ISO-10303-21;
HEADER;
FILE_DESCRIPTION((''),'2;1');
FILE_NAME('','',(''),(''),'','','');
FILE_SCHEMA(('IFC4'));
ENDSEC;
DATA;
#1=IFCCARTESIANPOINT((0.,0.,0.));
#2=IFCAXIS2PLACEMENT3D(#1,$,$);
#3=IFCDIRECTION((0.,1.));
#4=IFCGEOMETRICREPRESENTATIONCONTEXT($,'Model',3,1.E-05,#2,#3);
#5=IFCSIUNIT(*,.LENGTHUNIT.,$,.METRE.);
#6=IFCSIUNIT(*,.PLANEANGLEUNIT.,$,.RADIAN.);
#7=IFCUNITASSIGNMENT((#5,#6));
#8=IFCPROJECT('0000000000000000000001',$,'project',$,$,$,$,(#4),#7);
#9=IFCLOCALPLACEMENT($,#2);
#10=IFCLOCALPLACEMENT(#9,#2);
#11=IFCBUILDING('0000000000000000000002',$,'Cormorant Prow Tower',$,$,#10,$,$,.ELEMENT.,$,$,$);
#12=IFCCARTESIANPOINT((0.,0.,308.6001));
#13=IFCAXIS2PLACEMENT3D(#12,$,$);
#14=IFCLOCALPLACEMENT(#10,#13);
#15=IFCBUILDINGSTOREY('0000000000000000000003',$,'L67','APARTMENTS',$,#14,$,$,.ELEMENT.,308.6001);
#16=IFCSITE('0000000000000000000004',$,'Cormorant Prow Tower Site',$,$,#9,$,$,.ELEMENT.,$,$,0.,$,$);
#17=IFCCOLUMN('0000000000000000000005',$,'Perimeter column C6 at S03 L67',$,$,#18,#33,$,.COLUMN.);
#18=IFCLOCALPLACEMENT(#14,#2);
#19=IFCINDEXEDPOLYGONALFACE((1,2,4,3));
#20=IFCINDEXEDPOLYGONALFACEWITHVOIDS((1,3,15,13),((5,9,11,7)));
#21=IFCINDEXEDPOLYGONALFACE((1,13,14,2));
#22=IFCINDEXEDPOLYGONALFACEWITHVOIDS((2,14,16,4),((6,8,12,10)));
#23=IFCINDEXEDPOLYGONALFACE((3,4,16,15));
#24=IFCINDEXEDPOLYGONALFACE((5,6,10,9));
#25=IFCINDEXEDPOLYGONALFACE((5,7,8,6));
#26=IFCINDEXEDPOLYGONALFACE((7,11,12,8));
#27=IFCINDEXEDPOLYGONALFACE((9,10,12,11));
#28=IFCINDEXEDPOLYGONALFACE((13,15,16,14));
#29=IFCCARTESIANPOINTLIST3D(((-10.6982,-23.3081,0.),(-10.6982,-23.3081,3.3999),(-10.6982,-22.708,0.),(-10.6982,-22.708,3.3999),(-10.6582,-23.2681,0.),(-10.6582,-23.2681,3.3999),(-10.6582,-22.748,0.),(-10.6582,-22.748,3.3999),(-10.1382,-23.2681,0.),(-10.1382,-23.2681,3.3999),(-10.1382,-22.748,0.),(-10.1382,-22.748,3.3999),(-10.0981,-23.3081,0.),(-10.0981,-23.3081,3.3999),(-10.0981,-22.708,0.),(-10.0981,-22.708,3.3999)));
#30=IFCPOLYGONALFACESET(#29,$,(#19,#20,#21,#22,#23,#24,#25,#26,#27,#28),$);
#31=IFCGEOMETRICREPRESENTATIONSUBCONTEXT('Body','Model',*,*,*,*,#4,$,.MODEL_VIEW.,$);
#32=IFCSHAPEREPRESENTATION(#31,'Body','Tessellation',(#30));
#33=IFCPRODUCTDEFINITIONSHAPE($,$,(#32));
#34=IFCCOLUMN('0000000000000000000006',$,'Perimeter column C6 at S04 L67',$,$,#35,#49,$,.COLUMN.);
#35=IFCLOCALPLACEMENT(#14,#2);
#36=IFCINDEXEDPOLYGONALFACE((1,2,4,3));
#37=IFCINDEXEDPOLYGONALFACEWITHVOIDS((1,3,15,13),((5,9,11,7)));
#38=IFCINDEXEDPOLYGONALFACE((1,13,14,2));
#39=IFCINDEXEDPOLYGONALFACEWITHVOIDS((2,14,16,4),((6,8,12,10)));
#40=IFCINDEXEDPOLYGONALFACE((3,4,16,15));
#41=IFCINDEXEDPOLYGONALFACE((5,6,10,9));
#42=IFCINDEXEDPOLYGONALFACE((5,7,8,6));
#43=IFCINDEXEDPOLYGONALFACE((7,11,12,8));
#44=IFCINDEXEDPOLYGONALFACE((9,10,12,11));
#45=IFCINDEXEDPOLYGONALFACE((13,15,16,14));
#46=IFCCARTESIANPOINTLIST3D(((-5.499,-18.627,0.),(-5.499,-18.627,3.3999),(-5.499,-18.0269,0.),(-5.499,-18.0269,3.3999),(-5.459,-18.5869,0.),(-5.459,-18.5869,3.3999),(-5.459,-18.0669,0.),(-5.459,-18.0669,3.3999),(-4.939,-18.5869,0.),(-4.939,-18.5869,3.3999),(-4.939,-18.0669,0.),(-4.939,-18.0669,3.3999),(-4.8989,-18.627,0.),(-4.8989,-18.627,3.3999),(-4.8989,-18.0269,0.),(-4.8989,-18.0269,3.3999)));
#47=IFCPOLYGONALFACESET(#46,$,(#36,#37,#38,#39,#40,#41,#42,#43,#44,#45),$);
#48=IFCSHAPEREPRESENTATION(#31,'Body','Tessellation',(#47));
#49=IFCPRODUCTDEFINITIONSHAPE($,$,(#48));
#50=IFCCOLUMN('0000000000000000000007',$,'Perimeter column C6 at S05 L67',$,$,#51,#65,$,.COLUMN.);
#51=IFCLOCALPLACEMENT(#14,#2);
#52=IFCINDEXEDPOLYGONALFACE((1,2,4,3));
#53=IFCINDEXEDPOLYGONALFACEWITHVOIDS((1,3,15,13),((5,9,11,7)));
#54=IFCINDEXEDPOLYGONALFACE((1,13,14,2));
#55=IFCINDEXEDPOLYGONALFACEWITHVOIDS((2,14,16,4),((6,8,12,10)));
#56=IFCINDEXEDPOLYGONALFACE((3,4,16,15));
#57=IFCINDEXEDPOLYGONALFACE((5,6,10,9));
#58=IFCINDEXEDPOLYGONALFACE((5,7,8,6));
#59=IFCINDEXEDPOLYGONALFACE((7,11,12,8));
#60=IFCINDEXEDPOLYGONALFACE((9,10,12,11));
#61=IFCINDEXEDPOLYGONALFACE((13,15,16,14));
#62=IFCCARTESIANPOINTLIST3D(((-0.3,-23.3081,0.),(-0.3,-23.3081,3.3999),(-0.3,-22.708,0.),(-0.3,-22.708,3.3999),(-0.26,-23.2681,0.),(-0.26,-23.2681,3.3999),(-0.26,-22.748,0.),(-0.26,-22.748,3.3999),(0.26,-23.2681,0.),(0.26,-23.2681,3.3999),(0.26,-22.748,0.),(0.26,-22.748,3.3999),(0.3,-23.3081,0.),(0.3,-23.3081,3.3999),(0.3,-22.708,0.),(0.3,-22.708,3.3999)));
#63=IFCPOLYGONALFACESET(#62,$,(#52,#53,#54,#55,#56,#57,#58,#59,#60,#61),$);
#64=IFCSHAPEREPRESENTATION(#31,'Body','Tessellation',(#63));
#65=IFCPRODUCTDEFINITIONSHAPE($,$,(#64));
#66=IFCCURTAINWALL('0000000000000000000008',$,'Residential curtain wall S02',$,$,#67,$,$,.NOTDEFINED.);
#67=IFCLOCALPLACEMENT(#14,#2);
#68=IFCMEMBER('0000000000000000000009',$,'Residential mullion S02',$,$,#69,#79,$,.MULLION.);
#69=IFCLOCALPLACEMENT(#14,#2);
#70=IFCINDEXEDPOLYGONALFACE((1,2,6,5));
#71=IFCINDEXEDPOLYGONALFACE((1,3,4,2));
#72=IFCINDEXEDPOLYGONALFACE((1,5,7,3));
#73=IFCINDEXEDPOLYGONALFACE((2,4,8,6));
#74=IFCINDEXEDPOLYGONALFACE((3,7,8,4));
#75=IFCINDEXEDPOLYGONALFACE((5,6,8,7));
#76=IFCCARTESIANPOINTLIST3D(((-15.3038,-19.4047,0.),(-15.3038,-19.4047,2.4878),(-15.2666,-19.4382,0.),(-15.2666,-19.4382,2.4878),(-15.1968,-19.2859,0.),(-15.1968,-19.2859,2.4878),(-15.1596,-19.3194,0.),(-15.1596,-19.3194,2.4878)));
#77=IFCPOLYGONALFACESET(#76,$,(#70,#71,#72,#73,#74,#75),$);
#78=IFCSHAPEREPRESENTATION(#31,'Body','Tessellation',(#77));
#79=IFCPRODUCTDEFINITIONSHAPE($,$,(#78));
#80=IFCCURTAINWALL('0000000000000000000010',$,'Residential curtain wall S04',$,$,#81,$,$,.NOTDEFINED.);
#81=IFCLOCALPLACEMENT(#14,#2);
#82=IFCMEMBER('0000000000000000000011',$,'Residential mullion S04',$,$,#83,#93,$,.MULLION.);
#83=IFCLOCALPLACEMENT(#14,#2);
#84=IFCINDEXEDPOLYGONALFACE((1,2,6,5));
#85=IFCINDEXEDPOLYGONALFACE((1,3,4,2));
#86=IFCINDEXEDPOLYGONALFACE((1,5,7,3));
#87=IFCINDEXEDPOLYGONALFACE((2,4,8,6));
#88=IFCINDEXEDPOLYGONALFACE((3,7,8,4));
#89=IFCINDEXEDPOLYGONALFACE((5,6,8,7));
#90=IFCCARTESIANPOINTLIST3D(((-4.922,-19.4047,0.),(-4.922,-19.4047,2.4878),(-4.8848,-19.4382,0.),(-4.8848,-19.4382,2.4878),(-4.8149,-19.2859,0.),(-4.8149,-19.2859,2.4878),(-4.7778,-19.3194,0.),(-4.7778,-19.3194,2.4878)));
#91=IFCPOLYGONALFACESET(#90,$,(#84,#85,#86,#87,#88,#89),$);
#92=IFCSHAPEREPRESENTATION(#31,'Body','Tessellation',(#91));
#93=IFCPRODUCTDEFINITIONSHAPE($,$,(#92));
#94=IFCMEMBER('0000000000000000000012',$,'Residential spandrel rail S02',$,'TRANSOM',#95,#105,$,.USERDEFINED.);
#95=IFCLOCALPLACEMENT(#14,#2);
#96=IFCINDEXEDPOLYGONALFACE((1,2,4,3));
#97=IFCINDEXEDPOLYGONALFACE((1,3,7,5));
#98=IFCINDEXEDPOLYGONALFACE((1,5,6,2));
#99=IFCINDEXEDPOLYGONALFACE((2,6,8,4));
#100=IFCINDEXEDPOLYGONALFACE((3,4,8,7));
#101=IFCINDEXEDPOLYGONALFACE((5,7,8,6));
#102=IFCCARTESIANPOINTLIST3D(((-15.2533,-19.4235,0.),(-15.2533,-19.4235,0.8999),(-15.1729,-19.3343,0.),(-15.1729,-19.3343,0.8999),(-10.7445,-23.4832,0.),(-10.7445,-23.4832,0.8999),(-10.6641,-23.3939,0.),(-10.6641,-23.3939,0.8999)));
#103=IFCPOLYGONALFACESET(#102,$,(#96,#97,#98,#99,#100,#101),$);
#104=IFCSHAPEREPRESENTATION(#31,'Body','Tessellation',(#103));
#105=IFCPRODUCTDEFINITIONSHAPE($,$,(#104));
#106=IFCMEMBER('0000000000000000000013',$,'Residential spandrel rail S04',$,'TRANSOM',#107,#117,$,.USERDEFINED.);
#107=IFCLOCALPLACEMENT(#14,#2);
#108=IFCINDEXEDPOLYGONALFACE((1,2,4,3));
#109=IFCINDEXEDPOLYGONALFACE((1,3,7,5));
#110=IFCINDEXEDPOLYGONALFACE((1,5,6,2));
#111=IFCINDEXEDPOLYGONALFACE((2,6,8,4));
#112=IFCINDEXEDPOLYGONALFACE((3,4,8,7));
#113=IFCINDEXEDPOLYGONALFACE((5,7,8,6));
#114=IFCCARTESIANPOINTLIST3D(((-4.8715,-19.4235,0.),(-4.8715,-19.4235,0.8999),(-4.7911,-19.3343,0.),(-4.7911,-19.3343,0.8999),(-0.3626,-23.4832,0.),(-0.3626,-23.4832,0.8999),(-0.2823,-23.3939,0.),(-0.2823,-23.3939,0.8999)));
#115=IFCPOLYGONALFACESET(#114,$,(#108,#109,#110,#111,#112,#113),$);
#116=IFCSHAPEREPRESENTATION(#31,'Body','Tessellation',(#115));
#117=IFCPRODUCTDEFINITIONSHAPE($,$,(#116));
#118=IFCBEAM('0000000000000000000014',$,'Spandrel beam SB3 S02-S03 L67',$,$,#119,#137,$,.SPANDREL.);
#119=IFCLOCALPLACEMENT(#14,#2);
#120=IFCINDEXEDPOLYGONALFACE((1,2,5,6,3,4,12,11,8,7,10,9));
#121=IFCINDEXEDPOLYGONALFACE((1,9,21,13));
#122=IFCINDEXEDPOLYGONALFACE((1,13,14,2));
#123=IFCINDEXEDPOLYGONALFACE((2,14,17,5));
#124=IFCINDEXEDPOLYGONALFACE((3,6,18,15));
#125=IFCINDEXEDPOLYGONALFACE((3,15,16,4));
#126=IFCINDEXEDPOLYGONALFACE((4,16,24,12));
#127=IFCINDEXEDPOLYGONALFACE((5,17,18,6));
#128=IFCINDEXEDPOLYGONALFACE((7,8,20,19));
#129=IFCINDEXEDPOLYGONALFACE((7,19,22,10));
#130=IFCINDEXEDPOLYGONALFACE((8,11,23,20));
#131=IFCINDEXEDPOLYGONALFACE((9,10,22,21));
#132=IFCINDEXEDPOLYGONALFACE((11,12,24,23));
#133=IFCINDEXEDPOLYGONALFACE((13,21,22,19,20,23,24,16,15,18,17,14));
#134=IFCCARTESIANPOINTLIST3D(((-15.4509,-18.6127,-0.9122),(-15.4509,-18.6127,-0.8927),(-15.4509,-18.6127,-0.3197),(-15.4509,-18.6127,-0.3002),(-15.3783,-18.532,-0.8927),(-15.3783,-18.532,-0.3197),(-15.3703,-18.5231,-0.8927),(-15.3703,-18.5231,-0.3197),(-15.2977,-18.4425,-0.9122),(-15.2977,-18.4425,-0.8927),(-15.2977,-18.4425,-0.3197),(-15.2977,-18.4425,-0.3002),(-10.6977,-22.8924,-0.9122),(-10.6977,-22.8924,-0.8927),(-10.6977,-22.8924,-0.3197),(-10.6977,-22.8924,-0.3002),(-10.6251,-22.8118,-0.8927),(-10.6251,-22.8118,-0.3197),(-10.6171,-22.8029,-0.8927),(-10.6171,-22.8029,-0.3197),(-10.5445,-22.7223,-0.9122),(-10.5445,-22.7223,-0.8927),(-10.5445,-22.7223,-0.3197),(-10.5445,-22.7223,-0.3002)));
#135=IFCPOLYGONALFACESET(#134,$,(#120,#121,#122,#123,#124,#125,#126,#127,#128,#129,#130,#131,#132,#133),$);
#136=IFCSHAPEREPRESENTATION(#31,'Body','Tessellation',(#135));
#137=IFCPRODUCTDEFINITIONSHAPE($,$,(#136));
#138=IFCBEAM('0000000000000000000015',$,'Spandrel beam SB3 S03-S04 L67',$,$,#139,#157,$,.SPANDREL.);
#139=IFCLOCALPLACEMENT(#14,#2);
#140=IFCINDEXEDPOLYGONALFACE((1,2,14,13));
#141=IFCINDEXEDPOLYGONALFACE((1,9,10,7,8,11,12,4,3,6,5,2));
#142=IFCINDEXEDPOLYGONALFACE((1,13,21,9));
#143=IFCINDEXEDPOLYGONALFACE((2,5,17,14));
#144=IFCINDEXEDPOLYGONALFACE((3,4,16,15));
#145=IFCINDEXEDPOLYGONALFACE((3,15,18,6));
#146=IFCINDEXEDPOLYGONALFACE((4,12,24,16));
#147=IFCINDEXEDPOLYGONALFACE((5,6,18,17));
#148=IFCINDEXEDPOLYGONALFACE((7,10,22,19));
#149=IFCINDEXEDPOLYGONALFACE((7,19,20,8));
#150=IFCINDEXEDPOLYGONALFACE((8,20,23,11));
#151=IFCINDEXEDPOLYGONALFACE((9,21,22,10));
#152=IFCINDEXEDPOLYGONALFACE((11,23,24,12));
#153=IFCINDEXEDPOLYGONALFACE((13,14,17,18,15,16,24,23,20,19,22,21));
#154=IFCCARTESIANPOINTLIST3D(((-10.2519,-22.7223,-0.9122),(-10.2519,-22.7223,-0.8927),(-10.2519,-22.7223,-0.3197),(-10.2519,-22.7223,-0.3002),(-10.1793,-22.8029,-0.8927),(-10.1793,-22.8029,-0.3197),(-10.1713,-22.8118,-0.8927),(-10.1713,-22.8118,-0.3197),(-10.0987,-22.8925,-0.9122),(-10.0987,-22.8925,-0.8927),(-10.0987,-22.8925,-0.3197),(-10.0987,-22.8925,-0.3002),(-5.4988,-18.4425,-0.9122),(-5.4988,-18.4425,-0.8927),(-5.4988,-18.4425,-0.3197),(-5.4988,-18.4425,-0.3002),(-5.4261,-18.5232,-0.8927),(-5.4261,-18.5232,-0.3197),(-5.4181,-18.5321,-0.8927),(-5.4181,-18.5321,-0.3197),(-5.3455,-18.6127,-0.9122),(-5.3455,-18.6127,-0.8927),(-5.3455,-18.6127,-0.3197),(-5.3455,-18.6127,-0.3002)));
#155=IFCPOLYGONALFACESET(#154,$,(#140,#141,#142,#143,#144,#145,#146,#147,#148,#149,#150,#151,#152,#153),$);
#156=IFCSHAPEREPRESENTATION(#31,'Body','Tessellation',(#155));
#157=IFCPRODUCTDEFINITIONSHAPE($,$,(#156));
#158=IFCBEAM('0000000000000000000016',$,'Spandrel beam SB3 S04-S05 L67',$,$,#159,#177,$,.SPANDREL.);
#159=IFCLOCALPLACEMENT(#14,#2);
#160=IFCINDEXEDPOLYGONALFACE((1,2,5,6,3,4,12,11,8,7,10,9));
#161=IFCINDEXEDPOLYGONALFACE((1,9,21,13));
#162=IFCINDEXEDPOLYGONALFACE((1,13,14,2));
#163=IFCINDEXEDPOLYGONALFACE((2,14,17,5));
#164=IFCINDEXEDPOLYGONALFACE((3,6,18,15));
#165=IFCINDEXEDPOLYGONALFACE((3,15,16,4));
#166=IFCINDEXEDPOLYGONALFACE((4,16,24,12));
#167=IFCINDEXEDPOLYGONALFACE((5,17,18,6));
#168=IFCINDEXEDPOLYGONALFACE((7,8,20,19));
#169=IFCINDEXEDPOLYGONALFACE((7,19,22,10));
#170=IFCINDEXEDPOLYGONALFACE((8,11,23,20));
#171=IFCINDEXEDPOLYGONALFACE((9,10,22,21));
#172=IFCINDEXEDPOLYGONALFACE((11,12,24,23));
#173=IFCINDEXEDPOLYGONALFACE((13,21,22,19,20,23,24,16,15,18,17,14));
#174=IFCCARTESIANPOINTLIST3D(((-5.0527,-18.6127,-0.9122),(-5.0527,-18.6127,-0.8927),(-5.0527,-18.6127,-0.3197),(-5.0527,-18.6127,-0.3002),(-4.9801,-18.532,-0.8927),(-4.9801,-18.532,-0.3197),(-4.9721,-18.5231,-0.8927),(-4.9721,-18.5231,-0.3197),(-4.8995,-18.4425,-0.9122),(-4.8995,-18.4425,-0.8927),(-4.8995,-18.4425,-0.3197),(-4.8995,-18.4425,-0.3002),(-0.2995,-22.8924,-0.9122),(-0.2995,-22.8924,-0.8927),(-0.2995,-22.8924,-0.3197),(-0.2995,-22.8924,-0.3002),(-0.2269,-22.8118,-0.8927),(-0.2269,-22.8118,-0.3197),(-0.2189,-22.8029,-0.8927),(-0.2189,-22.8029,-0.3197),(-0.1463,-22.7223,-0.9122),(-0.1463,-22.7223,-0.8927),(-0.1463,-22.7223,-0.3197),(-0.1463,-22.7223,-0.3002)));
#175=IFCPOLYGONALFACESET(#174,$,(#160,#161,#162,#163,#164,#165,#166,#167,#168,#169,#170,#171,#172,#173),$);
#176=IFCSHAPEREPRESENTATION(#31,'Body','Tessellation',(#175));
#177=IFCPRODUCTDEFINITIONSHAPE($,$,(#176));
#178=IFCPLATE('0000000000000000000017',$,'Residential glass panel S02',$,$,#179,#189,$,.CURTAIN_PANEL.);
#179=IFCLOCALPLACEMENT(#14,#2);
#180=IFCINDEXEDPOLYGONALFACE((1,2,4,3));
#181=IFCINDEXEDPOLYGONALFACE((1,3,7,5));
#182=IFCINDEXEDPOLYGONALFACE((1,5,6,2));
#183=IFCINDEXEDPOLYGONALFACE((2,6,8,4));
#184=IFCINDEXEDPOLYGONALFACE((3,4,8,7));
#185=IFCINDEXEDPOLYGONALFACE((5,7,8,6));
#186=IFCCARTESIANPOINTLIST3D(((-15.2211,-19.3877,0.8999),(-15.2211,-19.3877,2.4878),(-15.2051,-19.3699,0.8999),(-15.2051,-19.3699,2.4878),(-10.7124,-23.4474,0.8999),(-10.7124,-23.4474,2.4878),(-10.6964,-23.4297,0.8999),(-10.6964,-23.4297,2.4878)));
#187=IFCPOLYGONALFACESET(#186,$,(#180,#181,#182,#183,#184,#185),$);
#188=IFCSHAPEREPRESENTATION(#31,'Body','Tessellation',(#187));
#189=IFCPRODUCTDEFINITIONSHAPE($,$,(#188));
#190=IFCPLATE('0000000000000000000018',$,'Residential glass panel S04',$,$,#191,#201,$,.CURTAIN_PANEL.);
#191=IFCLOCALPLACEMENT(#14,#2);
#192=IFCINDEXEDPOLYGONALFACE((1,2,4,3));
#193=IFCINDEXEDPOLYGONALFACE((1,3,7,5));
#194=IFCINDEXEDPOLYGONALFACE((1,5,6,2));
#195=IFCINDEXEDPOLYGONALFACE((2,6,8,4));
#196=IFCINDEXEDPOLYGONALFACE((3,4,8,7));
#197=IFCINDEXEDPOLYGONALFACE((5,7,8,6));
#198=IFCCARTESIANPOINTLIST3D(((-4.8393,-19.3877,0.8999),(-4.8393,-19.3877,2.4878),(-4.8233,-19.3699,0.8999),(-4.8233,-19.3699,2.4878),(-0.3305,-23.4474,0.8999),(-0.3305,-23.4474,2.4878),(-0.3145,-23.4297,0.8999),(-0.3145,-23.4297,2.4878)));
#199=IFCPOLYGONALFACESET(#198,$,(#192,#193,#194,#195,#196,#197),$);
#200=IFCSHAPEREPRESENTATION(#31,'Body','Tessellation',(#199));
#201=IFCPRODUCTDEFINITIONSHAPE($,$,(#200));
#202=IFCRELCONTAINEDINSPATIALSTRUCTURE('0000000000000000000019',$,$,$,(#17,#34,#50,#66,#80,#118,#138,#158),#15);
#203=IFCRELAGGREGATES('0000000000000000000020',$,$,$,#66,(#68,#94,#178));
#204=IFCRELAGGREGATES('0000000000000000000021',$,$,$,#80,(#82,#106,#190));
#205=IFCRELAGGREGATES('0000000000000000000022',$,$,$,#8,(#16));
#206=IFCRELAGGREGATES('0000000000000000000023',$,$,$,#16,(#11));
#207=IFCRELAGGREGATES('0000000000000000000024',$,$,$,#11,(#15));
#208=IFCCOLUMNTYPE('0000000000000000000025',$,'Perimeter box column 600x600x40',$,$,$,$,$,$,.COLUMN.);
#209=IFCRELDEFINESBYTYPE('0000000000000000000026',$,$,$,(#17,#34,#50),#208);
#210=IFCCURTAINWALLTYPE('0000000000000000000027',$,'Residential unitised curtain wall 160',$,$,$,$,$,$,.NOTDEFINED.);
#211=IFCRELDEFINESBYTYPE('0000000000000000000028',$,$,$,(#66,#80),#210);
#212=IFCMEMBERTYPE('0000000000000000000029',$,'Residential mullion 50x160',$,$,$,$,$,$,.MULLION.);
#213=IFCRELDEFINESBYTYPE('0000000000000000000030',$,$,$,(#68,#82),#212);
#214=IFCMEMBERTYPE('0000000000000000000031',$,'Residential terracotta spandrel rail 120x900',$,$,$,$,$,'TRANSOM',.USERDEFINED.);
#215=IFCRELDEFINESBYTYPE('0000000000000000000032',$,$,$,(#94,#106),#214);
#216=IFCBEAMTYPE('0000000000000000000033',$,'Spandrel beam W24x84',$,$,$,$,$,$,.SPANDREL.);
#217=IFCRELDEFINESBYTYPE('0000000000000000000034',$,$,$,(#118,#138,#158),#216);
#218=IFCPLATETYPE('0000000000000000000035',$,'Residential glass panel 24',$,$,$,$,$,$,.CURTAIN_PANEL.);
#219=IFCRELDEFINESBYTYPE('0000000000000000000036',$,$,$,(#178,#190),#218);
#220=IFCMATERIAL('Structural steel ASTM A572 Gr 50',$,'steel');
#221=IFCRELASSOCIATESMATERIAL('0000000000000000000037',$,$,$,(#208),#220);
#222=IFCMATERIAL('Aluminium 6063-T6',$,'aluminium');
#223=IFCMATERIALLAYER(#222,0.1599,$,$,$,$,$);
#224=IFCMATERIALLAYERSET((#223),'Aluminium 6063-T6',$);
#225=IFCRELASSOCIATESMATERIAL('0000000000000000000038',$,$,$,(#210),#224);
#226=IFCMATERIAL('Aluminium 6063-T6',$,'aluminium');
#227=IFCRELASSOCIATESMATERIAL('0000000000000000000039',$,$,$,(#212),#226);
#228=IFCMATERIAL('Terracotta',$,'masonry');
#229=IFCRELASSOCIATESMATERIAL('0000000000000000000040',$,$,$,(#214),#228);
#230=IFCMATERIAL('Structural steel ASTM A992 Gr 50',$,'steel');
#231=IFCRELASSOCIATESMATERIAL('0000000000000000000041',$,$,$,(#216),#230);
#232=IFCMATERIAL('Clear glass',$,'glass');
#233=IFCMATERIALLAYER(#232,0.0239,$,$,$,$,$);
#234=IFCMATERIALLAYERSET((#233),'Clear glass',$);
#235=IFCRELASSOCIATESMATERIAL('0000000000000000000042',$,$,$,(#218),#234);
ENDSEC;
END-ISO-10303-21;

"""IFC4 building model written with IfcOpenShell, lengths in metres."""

from ifc_helpers import new_model, si_unit, direction, frame, origin, origin_2d, place, context, subcontext, project, spatial, rectangle, hollow_rectangle, i_section, extrude, material, layer, layer_set, material_profile, profile_set, type_object, element, aggregate, save


model = new_model("IFC4")

# Units and contexts
model_context = context("Model", 3, precision=1e-05, world=origin(), true_north=direction((0.0, 1.0)))
body_context = subcontext(model_context, "Body", "Model", "MODEL_VIEW")
ifc_project = project(units=[si_unit("LENGTHUNIT", "METRE"), si_unit("PLANEANGLEUNIT", "RADIAN")], contexts=[model_context])

# Site, building, storey
site_placement = place(None, origin())
site = spatial("IfcSite", under=ifc_project, at=site_placement, Name="Cormorant Prow Tower Site", CompositionType="ELEMENT", RefElevation=0.0)
building_placement = place(site_placement, origin())
building = spatial("IfcBuilding", under=site, at=building_placement, Name="Cormorant Prow Tower", CompositionType="ELEMENT")
storey_placement = place(building_placement, frame((0.0, 0.0, 308.6001)))
storey = spatial("IfcBuildingStorey", under=building, at=storey_placement, Name="L67", Description="APARTMENTS", CompositionType="ELEMENT", Elevation=308.6001)

# Columns
ifc_material_1 = material(Name="Structural steel ASTM A572 Gr 50", Category="steel")
ifc_material_profile_1 = material_profile(ifc_material_1, hollow_rectangle(XDim=0.6001, YDim=0.6001, WallThickness=0.04, at=origin_2d()), Name="Box 600x600x40")
ifc_profile_set_1 = profile_set([ifc_material_profile_1], Name="Structural steel ASTM A572 Gr 50")
column_type = type_object("IfcColumnType", Name="Perimeter box column 600x600x40", PredefinedType="COLUMN", material=ifc_profile_set_1)
for number, where, z_axis, x_axis, name in (
    (1, (-10.3982, -23.0081, 0.0), (0.0, 0.0, 1.0), (1.0, 0.0, 0.0), "Perimeter column C6 at S03 L67"),
    (2, (-5.199, -18.3269, 0.0), (0.0, 0.0, 1.0), (1.0, 0.0, 0.0), "Perimeter column C6 at S04 L67"),
    (3, (0.0, -23.0081, 0.0), (0.0, 0.0, 1.0), (1.0, 0.0, 0.0), "Perimeter column C6 at S05 L67"),
):
    element("IfcColumn", number, at=place(storey_placement, frame(where, z_axis=z_axis, x_axis=x_axis)), inside=storey, type_object=column_type, Name=name, PredefinedType="COLUMN", context=body_context, shape_type="SweptSolid", body=[
        extrude(hollow_rectangle(XDim=0.6001, YDim=0.6001, WallThickness=0.04, at=origin_2d()), origin(), (0.0, 0.0, 1.0), 3.3999),
    ])

# Curtain walls, members
ifc_material_2 = material(Name="Aluminium 6063-T6", Category="aluminium")
ifc_layer_1 = layer(ifc_material_2, 0.1599)
ifc_layer_set_1 = layer_set([ifc_layer_1], Name="Aluminium 6063-T6")
curtain_wall_type = type_object("IfcCurtainWallType", Name="Residential unitised curtain wall 160", PredefinedType="NOTDEFINED", material=ifc_layer_set_1)
curtain_wall_1_placement = place(storey_placement, origin())
curtain_wall_1 = element("IfcCurtainWall", 4, at=curtain_wall_1_placement, inside=storey, type_object=curtain_wall_type, Name="Residential curtain wall S02", PredefinedType="NOTDEFINED")
ifc_material_3 = material(Name="Aluminium 6063-T6", Category="aluminium")
ifc_material_profile_2 = material_profile(ifc_material_3, rectangle(XDim=0.1599, YDim=0.05, at=origin_2d()), Name="Residential mullion 50x160")
ifc_profile_set_2 = profile_set([ifc_material_profile_2], Name="Aluminium 6063-T6")
member_type_1 = type_object("IfcMemberType", Name="Residential mullion 50x160", PredefinedType="MULLION", material=ifc_profile_set_2)
member_1_placement = place(storey_placement, frame((-15.2317, -19.3621, 0.0), z_axis=(0.0, 0.0, 1.0), x_axis=(0.669131, 0.743145, 0.0)))
member_1 = element("IfcMember", 5, at=member_1_placement, type_object=member_type_1, Name="Residential mullion S02", PredefinedType="MULLION", context=body_context, shape_type="SweptSolid", body=[
    extrude(rectangle(XDim=0.1599, YDim=0.05, at=origin_2d()), origin(), (0.0, 0.0, 1.0), 2.4878),
])
curtain_wall_2_placement = place(storey_placement, origin())
curtain_wall_2 = element("IfcCurtainWall", 6, at=curtain_wall_2_placement, inside=storey, type_object=curtain_wall_type, Name="Residential curtain wall S04", PredefinedType="NOTDEFINED")
member_2_placement = place(storey_placement, frame((-4.8499, -19.3621, 0.0), z_axis=(0.0, 0.0, 1.0), x_axis=(0.669131, 0.743145, 0.0)))
member_2 = element("IfcMember", 7, at=member_2_placement, type_object=member_type_1, Name="Residential mullion S04", PredefinedType="MULLION", context=body_context, shape_type="SweptSolid", body=[
    extrude(rectangle(XDim=0.1599, YDim=0.05, at=origin_2d()), origin(), (0.0, 0.0, 1.0), 2.4878),
])

# Members
ifc_material_4 = material(Name="Terracotta", Category="masonry")
ifc_material_profile_3 = material_profile(ifc_material_4, rectangle(XDim=0.1201, YDim=0.8999, at=origin_2d()), Name="Residential terracotta spandrel rail 120x900")
ifc_profile_set_3 = profile_set([ifc_material_profile_3], Name="Terracotta")
member_type_2 = type_object("IfcMemberType", Name="Residential terracotta spandrel rail 120x900", ElementType="TRANSOM", PredefinedType="USERDEFINED", material=ifc_profile_set_3)
member_3_placement = place(storey_placement, frame((-15.2131, -19.3789, 0.45), z_axis=(0.743158, -0.669116, 0.0), x_axis=(0.669116, 0.743158, 0.0)))
member_3 = element("IfcMember", 8, at=member_3_placement, type_object=member_type_2, Name="Residential spandrel rail S02", ObjectType="TRANSOM", PredefinedType="USERDEFINED", context=body_context, shape_type="SweptSolid", body=[
    extrude(rectangle(XDim=0.1201, YDim=0.8999, at=origin_2d()), origin(), (0.0, 0.0, 1.0), 6.0671),
])
member_4_placement = place(storey_placement, frame((-4.8313, -19.3789, 0.45), z_axis=(0.743158, -0.669116, 0.0), x_axis=(0.669116, 0.743158, 0.0)))
member_4 = element("IfcMember", 9, at=member_4_placement, type_object=member_type_2, Name="Residential spandrel rail S04", ObjectType="TRANSOM", PredefinedType="USERDEFINED", context=body_context, shape_type="SweptSolid", body=[
    extrude(rectangle(XDim=0.1201, YDim=0.8999, at=origin_2d()), origin(), (0.0, 0.0, 1.0), 6.0671),
])

# Beams
ifc_material_5 = material(Name="Structural steel ASTM A992 Gr 50", Category="steel")
ifc_material_profile_4 = material_profile(ifc_material_5, i_section(OverallWidth=0.229, OverallDepth=0.6121, WebThickness=0.012, FlangeThickness=0.0195, at=origin_2d()), Name="W24x84")
ifc_profile_set_4 = profile_set([ifc_material_profile_4], Name="Structural steel ASTM A992 Gr 50")
beam_type = type_object("IfcBeamType", Name="Spandrel beam W24x84", PredefinedType="SPANDREL", material=ifc_profile_set_4)
for number, where, z_axis, x_axis, name in (
    (10, (-15.3743, -18.5276, -0.6062), (0.743144, -0.669131, 0.0), (0.669131, 0.743144, 0.0), "Spandrel beam SB3 S02-S03 L67"),
    (11, (-10.1753, -22.8074, -0.6062), (0.743144, 0.669131, 0.0), (-0.669131, 0.743144, 0.0), "Spandrel beam SB3 S03-S04 L67"),
    (12, (-4.9761, -18.5276, -0.6062), (0.743144, -0.669131, 0.0), (0.669131, 0.743144, 0.0), "Spandrel beam SB3 S04-S05 L67"),
):
    element("IfcBeam", number, at=place(storey_placement, frame(where, z_axis=z_axis, x_axis=x_axis)), inside=storey, type_object=beam_type, Name=name, PredefinedType="SPANDREL", context=body_context, shape_type="SweptSolid", body=[
        extrude(i_section(OverallWidth=0.229, OverallDepth=0.6121, WebThickness=0.012, FlangeThickness=0.0195, at=origin_2d()), origin(), (0.0, 0.0, 1.0), 6.396),
    ])

# Plates
ifc_material_6 = material(Name="Clear glass", Category="glass")
ifc_layer_2 = layer(ifc_material_6, 0.0239)
ifc_layer_set_2 = layer_set([ifc_layer_2], Name="Clear glass")
plate_type = type_object("IfcPlateType", Name="Residential glass panel 24", PredefinedType="CURTAIN_PANEL", material=ifc_layer_set_2)
plate_1_placement = place(storey_placement, frame((-12.9587, -21.4087, 0.8999), z_axis=(0.0, 0.0, 1.0), x_axis=(0.743145, -0.669131, 0.0)))
plate_1 = element("IfcPlate", 13, at=plate_1_placement, type_object=plate_type, Name="Residential glass panel S02", PredefinedType="CURTAIN_PANEL", context=body_context, shape_type="SweptSolid", body=[
    extrude(rectangle(XDim=6.0671, YDim=0.0239, at=origin_2d()), origin(), (0.0, 0.0, 1.0), 1.5879),
])
aggregate(curtain_wall_1, [member_1, member_3, plate_1])
plate_2_placement = place(storey_placement, frame((-2.5769, -21.4087, 0.8999), z_axis=(0.0, 0.0, 1.0), x_axis=(0.743145, -0.669131, 0.0)))
plate_2 = element("IfcPlate", 14, at=plate_2_placement, type_object=plate_type, Name="Residential glass panel S04", PredefinedType="CURTAIN_PANEL", context=body_context, shape_type="SweptSolid", body=[
    extrude(rectangle(XDim=6.0671, YDim=0.0239, at=origin_2d()), origin(), (0.0, 0.0, 1.0), 1.5879),
])
aggregate(curtain_wall_2, [member_2, member_4, plate_2])

save(model, "model.ifc")
